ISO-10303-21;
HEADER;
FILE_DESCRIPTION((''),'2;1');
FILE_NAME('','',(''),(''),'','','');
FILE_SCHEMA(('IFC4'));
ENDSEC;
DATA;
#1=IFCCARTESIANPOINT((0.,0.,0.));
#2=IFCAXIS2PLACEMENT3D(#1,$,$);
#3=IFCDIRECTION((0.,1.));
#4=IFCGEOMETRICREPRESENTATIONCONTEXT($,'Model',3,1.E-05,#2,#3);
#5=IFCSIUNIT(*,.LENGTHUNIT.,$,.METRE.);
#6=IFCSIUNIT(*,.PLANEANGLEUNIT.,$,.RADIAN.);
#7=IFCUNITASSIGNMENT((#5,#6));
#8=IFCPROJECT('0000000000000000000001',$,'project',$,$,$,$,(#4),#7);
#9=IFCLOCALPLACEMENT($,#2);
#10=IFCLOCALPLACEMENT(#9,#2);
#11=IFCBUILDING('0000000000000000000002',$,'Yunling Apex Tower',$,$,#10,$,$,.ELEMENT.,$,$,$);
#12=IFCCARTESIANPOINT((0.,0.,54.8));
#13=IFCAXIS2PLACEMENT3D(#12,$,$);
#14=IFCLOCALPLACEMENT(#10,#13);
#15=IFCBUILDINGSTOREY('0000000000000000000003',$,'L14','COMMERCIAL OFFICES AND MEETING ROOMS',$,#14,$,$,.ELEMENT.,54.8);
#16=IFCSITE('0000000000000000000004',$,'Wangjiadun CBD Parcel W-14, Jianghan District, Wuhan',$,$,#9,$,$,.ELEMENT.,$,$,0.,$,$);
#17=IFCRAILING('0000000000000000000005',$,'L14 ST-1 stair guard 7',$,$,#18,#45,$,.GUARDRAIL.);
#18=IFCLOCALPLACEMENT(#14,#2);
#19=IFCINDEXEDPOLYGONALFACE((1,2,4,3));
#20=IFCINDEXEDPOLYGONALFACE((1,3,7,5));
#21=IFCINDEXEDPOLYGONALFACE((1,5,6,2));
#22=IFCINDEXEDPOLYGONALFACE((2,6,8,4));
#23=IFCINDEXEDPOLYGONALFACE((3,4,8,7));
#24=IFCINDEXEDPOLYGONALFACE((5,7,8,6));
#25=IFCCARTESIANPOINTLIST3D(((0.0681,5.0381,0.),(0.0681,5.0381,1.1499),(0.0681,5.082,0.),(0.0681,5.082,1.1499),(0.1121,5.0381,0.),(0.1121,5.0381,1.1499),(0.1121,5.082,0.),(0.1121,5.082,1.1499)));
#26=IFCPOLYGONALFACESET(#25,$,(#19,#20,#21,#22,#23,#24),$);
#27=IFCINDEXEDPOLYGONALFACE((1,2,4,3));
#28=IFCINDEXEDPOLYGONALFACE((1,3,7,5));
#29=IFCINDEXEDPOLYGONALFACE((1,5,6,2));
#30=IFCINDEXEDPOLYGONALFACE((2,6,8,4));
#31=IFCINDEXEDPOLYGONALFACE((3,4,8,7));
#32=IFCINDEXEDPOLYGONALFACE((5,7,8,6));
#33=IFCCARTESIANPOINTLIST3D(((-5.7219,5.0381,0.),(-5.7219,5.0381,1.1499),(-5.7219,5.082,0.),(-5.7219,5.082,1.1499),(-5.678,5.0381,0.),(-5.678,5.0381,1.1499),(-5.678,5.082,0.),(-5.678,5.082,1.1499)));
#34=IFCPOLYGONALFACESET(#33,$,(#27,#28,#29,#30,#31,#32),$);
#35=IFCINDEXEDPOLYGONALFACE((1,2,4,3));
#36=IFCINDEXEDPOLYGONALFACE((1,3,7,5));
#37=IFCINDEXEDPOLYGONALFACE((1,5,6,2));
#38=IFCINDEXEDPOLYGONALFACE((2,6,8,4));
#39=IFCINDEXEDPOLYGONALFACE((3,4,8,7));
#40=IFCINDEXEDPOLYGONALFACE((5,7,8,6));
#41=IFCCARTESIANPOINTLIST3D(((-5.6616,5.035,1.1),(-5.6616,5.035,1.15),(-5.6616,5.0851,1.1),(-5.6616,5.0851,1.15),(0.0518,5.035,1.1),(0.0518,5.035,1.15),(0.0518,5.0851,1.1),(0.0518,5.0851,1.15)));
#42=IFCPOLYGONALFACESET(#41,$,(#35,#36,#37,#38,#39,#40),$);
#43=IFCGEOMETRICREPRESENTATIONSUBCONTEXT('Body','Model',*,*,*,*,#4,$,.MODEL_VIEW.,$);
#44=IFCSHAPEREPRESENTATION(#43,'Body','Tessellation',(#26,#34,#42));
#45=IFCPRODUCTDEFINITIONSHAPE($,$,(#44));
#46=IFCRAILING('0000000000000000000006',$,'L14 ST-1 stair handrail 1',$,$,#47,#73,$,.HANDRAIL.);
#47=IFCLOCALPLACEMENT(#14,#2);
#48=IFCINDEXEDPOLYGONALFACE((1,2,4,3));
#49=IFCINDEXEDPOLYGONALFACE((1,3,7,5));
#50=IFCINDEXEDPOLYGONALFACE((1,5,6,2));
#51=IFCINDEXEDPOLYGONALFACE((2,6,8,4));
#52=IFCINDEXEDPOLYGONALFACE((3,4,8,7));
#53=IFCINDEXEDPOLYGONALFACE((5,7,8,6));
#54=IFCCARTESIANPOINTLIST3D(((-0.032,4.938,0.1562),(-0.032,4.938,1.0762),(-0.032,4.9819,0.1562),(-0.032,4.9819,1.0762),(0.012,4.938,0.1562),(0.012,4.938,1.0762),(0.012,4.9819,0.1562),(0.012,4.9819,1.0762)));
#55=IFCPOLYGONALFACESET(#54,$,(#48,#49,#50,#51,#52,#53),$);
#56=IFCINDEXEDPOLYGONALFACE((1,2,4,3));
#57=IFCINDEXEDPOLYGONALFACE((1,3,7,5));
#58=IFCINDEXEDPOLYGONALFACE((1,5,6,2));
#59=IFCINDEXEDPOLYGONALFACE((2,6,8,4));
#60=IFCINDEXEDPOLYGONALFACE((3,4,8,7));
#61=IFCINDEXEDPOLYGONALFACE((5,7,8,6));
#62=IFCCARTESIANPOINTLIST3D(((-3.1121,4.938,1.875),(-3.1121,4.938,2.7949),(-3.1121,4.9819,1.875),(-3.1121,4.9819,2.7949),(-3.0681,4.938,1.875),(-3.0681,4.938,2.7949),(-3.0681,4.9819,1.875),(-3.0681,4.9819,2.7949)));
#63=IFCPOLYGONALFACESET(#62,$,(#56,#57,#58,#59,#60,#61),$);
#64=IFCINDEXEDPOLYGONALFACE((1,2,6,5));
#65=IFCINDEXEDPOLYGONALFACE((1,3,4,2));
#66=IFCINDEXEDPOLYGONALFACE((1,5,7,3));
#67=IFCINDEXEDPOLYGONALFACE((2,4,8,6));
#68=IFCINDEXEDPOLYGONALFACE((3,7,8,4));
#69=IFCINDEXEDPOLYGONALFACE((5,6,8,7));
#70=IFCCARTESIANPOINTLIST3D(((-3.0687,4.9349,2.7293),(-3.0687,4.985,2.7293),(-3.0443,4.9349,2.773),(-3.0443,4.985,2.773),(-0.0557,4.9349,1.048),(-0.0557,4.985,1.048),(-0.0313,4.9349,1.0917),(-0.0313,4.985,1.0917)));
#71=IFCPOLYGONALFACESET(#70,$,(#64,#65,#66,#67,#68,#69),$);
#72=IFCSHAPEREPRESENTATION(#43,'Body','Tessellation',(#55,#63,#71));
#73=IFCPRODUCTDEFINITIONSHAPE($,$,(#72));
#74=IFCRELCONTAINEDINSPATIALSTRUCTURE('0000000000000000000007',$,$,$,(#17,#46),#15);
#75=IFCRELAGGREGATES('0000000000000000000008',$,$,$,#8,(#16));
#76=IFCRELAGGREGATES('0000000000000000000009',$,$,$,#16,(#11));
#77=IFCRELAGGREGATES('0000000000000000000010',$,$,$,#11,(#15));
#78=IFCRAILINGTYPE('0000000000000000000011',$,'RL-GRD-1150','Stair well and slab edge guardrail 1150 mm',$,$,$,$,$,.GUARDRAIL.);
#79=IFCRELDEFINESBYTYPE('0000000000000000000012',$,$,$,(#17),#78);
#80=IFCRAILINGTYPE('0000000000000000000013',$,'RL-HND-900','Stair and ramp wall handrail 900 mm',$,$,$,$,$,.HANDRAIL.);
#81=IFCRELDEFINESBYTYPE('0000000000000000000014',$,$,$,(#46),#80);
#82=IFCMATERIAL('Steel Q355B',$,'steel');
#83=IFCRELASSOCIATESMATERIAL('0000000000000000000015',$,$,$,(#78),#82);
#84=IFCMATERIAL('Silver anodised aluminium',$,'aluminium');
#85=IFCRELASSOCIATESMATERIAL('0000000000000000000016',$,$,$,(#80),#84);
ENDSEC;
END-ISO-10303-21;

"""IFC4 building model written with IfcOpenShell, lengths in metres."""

from ifc_helpers import new_model, si_unit, direction, frame, origin, origin_2d, place, context, subcontext, project, spatial, rectangle, extrude, material, type_object, element, save


model = new_model("IFC4")

# Units and contexts
model_context = context("Model", 3, precision=1e-05, world=origin(), true_north=direction((0.0, 1.0)))
body_context = subcontext(model_context, "Body", "Model", "MODEL_VIEW")
ifc_project = project(units=[si_unit("LENGTHUNIT", "METRE"), si_unit("PLANEANGLEUNIT", "RADIAN")], contexts=[model_context])

# Site, building, storey
site_placement = place(None, origin())
site = spatial("IfcSite", under=ifc_project, at=site_placement, Name="Wangjiadun CBD Parcel W-14, Jianghan District, Wuhan", CompositionType="ELEMENT", RefElevation=0.0)
building_placement = place(site_placement, origin())
building = spatial("IfcBuilding", under=site, at=building_placement, Name="Yunling Apex Tower", CompositionType="ELEMENT")
storey_placement = place(building_placement, frame((0.0, 0.0, 54.8)))
storey = spatial("IfcBuildingStorey", under=building, at=storey_placement, Name="L14", Description="COMMERCIAL OFFICES AND MEETING ROOMS", CompositionType="ELEMENT", Elevation=54.8)

# Shared definitions
ifc_material_1 = material(Name="Steel Q355B", Category="steel")

# Railings
railing_type_1 = type_object("IfcRailingType", Name="RL-GRD-1150", Description="Stair well and slab edge guardrail 1150 mm", PredefinedType="GUARDRAIL", material=ifc_material_1)
railing_1_placement = place(storey_placement, frame((0.0901, 5.0601, 0.0)))
element("IfcRailing", 1, at=railing_1_placement, inside=storey, type_object=railing_type_1, Name="L14 ST-1 stair guard 7", PredefinedType="GUARDRAIL", context=body_context, shape_type="SweptSolid", body=[
    extrude(rectangle(XDim=0.0439, YDim=0.0439, at=origin_2d()), origin(), (0.0, 0.0, 1.0), 1.1499),
    extrude(rectangle(XDim=0.0439, YDim=0.0439, at=origin_2d()), frame((-5.79, 0.0, 0.0)), (0.0, 0.0, 1.0), 1.1499),
    extrude(rectangle(XDim=0.05, YDim=0.05, at=origin_2d()), frame((-0.0383, 0.0, 1.125), z_axis=(-1.0, 0.0, 0.0), x_axis=(0.0, -1.0, 0.0)), (0.0, 0.0, 1.0), 5.7134),
])
ifc_material_2 = material(Name="Silver anodised aluminium", Category="aluminium")
railing_type_2 = type_object("IfcRailingType", Name="RL-HND-900", Description="Stair and ramp wall handrail 900 mm", PredefinedType="HANDRAIL", material=ifc_material_2)
railing_2_placement = place(storey_placement, frame((-0.01, 4.96, 0.1562)))
element("IfcRailing", 2, at=railing_2_placement, inside=storey, type_object=railing_type_2, Name="L14 ST-1 stair handrail 1", PredefinedType="HANDRAIL", context=body_context, shape_type="SweptSolid", body=[
    extrude(rectangle(XDim=0.0439, YDim=0.0439, at=origin_2d()), origin(), (0.0, 0.0, 1.0), 0.9199),
    extrude(rectangle(XDim=0.0439, YDim=0.0439, at=origin_2d()), frame((-3.0801, 0.0, 1.7188)), (0.0, 0.0, 1.0), 0.9199),
    extrude(rectangle(XDim=0.05, YDim=0.05, at=origin_2d()), frame((-0.0334, 0.0, 0.9136), z_axis=(-0.873242, 0.0, 0.487288), x_axis=(0.0, -1.0, 0.0)), (0.0, 0.0, 1.0), 3.4504),
])

save(model, "model.ifc")
